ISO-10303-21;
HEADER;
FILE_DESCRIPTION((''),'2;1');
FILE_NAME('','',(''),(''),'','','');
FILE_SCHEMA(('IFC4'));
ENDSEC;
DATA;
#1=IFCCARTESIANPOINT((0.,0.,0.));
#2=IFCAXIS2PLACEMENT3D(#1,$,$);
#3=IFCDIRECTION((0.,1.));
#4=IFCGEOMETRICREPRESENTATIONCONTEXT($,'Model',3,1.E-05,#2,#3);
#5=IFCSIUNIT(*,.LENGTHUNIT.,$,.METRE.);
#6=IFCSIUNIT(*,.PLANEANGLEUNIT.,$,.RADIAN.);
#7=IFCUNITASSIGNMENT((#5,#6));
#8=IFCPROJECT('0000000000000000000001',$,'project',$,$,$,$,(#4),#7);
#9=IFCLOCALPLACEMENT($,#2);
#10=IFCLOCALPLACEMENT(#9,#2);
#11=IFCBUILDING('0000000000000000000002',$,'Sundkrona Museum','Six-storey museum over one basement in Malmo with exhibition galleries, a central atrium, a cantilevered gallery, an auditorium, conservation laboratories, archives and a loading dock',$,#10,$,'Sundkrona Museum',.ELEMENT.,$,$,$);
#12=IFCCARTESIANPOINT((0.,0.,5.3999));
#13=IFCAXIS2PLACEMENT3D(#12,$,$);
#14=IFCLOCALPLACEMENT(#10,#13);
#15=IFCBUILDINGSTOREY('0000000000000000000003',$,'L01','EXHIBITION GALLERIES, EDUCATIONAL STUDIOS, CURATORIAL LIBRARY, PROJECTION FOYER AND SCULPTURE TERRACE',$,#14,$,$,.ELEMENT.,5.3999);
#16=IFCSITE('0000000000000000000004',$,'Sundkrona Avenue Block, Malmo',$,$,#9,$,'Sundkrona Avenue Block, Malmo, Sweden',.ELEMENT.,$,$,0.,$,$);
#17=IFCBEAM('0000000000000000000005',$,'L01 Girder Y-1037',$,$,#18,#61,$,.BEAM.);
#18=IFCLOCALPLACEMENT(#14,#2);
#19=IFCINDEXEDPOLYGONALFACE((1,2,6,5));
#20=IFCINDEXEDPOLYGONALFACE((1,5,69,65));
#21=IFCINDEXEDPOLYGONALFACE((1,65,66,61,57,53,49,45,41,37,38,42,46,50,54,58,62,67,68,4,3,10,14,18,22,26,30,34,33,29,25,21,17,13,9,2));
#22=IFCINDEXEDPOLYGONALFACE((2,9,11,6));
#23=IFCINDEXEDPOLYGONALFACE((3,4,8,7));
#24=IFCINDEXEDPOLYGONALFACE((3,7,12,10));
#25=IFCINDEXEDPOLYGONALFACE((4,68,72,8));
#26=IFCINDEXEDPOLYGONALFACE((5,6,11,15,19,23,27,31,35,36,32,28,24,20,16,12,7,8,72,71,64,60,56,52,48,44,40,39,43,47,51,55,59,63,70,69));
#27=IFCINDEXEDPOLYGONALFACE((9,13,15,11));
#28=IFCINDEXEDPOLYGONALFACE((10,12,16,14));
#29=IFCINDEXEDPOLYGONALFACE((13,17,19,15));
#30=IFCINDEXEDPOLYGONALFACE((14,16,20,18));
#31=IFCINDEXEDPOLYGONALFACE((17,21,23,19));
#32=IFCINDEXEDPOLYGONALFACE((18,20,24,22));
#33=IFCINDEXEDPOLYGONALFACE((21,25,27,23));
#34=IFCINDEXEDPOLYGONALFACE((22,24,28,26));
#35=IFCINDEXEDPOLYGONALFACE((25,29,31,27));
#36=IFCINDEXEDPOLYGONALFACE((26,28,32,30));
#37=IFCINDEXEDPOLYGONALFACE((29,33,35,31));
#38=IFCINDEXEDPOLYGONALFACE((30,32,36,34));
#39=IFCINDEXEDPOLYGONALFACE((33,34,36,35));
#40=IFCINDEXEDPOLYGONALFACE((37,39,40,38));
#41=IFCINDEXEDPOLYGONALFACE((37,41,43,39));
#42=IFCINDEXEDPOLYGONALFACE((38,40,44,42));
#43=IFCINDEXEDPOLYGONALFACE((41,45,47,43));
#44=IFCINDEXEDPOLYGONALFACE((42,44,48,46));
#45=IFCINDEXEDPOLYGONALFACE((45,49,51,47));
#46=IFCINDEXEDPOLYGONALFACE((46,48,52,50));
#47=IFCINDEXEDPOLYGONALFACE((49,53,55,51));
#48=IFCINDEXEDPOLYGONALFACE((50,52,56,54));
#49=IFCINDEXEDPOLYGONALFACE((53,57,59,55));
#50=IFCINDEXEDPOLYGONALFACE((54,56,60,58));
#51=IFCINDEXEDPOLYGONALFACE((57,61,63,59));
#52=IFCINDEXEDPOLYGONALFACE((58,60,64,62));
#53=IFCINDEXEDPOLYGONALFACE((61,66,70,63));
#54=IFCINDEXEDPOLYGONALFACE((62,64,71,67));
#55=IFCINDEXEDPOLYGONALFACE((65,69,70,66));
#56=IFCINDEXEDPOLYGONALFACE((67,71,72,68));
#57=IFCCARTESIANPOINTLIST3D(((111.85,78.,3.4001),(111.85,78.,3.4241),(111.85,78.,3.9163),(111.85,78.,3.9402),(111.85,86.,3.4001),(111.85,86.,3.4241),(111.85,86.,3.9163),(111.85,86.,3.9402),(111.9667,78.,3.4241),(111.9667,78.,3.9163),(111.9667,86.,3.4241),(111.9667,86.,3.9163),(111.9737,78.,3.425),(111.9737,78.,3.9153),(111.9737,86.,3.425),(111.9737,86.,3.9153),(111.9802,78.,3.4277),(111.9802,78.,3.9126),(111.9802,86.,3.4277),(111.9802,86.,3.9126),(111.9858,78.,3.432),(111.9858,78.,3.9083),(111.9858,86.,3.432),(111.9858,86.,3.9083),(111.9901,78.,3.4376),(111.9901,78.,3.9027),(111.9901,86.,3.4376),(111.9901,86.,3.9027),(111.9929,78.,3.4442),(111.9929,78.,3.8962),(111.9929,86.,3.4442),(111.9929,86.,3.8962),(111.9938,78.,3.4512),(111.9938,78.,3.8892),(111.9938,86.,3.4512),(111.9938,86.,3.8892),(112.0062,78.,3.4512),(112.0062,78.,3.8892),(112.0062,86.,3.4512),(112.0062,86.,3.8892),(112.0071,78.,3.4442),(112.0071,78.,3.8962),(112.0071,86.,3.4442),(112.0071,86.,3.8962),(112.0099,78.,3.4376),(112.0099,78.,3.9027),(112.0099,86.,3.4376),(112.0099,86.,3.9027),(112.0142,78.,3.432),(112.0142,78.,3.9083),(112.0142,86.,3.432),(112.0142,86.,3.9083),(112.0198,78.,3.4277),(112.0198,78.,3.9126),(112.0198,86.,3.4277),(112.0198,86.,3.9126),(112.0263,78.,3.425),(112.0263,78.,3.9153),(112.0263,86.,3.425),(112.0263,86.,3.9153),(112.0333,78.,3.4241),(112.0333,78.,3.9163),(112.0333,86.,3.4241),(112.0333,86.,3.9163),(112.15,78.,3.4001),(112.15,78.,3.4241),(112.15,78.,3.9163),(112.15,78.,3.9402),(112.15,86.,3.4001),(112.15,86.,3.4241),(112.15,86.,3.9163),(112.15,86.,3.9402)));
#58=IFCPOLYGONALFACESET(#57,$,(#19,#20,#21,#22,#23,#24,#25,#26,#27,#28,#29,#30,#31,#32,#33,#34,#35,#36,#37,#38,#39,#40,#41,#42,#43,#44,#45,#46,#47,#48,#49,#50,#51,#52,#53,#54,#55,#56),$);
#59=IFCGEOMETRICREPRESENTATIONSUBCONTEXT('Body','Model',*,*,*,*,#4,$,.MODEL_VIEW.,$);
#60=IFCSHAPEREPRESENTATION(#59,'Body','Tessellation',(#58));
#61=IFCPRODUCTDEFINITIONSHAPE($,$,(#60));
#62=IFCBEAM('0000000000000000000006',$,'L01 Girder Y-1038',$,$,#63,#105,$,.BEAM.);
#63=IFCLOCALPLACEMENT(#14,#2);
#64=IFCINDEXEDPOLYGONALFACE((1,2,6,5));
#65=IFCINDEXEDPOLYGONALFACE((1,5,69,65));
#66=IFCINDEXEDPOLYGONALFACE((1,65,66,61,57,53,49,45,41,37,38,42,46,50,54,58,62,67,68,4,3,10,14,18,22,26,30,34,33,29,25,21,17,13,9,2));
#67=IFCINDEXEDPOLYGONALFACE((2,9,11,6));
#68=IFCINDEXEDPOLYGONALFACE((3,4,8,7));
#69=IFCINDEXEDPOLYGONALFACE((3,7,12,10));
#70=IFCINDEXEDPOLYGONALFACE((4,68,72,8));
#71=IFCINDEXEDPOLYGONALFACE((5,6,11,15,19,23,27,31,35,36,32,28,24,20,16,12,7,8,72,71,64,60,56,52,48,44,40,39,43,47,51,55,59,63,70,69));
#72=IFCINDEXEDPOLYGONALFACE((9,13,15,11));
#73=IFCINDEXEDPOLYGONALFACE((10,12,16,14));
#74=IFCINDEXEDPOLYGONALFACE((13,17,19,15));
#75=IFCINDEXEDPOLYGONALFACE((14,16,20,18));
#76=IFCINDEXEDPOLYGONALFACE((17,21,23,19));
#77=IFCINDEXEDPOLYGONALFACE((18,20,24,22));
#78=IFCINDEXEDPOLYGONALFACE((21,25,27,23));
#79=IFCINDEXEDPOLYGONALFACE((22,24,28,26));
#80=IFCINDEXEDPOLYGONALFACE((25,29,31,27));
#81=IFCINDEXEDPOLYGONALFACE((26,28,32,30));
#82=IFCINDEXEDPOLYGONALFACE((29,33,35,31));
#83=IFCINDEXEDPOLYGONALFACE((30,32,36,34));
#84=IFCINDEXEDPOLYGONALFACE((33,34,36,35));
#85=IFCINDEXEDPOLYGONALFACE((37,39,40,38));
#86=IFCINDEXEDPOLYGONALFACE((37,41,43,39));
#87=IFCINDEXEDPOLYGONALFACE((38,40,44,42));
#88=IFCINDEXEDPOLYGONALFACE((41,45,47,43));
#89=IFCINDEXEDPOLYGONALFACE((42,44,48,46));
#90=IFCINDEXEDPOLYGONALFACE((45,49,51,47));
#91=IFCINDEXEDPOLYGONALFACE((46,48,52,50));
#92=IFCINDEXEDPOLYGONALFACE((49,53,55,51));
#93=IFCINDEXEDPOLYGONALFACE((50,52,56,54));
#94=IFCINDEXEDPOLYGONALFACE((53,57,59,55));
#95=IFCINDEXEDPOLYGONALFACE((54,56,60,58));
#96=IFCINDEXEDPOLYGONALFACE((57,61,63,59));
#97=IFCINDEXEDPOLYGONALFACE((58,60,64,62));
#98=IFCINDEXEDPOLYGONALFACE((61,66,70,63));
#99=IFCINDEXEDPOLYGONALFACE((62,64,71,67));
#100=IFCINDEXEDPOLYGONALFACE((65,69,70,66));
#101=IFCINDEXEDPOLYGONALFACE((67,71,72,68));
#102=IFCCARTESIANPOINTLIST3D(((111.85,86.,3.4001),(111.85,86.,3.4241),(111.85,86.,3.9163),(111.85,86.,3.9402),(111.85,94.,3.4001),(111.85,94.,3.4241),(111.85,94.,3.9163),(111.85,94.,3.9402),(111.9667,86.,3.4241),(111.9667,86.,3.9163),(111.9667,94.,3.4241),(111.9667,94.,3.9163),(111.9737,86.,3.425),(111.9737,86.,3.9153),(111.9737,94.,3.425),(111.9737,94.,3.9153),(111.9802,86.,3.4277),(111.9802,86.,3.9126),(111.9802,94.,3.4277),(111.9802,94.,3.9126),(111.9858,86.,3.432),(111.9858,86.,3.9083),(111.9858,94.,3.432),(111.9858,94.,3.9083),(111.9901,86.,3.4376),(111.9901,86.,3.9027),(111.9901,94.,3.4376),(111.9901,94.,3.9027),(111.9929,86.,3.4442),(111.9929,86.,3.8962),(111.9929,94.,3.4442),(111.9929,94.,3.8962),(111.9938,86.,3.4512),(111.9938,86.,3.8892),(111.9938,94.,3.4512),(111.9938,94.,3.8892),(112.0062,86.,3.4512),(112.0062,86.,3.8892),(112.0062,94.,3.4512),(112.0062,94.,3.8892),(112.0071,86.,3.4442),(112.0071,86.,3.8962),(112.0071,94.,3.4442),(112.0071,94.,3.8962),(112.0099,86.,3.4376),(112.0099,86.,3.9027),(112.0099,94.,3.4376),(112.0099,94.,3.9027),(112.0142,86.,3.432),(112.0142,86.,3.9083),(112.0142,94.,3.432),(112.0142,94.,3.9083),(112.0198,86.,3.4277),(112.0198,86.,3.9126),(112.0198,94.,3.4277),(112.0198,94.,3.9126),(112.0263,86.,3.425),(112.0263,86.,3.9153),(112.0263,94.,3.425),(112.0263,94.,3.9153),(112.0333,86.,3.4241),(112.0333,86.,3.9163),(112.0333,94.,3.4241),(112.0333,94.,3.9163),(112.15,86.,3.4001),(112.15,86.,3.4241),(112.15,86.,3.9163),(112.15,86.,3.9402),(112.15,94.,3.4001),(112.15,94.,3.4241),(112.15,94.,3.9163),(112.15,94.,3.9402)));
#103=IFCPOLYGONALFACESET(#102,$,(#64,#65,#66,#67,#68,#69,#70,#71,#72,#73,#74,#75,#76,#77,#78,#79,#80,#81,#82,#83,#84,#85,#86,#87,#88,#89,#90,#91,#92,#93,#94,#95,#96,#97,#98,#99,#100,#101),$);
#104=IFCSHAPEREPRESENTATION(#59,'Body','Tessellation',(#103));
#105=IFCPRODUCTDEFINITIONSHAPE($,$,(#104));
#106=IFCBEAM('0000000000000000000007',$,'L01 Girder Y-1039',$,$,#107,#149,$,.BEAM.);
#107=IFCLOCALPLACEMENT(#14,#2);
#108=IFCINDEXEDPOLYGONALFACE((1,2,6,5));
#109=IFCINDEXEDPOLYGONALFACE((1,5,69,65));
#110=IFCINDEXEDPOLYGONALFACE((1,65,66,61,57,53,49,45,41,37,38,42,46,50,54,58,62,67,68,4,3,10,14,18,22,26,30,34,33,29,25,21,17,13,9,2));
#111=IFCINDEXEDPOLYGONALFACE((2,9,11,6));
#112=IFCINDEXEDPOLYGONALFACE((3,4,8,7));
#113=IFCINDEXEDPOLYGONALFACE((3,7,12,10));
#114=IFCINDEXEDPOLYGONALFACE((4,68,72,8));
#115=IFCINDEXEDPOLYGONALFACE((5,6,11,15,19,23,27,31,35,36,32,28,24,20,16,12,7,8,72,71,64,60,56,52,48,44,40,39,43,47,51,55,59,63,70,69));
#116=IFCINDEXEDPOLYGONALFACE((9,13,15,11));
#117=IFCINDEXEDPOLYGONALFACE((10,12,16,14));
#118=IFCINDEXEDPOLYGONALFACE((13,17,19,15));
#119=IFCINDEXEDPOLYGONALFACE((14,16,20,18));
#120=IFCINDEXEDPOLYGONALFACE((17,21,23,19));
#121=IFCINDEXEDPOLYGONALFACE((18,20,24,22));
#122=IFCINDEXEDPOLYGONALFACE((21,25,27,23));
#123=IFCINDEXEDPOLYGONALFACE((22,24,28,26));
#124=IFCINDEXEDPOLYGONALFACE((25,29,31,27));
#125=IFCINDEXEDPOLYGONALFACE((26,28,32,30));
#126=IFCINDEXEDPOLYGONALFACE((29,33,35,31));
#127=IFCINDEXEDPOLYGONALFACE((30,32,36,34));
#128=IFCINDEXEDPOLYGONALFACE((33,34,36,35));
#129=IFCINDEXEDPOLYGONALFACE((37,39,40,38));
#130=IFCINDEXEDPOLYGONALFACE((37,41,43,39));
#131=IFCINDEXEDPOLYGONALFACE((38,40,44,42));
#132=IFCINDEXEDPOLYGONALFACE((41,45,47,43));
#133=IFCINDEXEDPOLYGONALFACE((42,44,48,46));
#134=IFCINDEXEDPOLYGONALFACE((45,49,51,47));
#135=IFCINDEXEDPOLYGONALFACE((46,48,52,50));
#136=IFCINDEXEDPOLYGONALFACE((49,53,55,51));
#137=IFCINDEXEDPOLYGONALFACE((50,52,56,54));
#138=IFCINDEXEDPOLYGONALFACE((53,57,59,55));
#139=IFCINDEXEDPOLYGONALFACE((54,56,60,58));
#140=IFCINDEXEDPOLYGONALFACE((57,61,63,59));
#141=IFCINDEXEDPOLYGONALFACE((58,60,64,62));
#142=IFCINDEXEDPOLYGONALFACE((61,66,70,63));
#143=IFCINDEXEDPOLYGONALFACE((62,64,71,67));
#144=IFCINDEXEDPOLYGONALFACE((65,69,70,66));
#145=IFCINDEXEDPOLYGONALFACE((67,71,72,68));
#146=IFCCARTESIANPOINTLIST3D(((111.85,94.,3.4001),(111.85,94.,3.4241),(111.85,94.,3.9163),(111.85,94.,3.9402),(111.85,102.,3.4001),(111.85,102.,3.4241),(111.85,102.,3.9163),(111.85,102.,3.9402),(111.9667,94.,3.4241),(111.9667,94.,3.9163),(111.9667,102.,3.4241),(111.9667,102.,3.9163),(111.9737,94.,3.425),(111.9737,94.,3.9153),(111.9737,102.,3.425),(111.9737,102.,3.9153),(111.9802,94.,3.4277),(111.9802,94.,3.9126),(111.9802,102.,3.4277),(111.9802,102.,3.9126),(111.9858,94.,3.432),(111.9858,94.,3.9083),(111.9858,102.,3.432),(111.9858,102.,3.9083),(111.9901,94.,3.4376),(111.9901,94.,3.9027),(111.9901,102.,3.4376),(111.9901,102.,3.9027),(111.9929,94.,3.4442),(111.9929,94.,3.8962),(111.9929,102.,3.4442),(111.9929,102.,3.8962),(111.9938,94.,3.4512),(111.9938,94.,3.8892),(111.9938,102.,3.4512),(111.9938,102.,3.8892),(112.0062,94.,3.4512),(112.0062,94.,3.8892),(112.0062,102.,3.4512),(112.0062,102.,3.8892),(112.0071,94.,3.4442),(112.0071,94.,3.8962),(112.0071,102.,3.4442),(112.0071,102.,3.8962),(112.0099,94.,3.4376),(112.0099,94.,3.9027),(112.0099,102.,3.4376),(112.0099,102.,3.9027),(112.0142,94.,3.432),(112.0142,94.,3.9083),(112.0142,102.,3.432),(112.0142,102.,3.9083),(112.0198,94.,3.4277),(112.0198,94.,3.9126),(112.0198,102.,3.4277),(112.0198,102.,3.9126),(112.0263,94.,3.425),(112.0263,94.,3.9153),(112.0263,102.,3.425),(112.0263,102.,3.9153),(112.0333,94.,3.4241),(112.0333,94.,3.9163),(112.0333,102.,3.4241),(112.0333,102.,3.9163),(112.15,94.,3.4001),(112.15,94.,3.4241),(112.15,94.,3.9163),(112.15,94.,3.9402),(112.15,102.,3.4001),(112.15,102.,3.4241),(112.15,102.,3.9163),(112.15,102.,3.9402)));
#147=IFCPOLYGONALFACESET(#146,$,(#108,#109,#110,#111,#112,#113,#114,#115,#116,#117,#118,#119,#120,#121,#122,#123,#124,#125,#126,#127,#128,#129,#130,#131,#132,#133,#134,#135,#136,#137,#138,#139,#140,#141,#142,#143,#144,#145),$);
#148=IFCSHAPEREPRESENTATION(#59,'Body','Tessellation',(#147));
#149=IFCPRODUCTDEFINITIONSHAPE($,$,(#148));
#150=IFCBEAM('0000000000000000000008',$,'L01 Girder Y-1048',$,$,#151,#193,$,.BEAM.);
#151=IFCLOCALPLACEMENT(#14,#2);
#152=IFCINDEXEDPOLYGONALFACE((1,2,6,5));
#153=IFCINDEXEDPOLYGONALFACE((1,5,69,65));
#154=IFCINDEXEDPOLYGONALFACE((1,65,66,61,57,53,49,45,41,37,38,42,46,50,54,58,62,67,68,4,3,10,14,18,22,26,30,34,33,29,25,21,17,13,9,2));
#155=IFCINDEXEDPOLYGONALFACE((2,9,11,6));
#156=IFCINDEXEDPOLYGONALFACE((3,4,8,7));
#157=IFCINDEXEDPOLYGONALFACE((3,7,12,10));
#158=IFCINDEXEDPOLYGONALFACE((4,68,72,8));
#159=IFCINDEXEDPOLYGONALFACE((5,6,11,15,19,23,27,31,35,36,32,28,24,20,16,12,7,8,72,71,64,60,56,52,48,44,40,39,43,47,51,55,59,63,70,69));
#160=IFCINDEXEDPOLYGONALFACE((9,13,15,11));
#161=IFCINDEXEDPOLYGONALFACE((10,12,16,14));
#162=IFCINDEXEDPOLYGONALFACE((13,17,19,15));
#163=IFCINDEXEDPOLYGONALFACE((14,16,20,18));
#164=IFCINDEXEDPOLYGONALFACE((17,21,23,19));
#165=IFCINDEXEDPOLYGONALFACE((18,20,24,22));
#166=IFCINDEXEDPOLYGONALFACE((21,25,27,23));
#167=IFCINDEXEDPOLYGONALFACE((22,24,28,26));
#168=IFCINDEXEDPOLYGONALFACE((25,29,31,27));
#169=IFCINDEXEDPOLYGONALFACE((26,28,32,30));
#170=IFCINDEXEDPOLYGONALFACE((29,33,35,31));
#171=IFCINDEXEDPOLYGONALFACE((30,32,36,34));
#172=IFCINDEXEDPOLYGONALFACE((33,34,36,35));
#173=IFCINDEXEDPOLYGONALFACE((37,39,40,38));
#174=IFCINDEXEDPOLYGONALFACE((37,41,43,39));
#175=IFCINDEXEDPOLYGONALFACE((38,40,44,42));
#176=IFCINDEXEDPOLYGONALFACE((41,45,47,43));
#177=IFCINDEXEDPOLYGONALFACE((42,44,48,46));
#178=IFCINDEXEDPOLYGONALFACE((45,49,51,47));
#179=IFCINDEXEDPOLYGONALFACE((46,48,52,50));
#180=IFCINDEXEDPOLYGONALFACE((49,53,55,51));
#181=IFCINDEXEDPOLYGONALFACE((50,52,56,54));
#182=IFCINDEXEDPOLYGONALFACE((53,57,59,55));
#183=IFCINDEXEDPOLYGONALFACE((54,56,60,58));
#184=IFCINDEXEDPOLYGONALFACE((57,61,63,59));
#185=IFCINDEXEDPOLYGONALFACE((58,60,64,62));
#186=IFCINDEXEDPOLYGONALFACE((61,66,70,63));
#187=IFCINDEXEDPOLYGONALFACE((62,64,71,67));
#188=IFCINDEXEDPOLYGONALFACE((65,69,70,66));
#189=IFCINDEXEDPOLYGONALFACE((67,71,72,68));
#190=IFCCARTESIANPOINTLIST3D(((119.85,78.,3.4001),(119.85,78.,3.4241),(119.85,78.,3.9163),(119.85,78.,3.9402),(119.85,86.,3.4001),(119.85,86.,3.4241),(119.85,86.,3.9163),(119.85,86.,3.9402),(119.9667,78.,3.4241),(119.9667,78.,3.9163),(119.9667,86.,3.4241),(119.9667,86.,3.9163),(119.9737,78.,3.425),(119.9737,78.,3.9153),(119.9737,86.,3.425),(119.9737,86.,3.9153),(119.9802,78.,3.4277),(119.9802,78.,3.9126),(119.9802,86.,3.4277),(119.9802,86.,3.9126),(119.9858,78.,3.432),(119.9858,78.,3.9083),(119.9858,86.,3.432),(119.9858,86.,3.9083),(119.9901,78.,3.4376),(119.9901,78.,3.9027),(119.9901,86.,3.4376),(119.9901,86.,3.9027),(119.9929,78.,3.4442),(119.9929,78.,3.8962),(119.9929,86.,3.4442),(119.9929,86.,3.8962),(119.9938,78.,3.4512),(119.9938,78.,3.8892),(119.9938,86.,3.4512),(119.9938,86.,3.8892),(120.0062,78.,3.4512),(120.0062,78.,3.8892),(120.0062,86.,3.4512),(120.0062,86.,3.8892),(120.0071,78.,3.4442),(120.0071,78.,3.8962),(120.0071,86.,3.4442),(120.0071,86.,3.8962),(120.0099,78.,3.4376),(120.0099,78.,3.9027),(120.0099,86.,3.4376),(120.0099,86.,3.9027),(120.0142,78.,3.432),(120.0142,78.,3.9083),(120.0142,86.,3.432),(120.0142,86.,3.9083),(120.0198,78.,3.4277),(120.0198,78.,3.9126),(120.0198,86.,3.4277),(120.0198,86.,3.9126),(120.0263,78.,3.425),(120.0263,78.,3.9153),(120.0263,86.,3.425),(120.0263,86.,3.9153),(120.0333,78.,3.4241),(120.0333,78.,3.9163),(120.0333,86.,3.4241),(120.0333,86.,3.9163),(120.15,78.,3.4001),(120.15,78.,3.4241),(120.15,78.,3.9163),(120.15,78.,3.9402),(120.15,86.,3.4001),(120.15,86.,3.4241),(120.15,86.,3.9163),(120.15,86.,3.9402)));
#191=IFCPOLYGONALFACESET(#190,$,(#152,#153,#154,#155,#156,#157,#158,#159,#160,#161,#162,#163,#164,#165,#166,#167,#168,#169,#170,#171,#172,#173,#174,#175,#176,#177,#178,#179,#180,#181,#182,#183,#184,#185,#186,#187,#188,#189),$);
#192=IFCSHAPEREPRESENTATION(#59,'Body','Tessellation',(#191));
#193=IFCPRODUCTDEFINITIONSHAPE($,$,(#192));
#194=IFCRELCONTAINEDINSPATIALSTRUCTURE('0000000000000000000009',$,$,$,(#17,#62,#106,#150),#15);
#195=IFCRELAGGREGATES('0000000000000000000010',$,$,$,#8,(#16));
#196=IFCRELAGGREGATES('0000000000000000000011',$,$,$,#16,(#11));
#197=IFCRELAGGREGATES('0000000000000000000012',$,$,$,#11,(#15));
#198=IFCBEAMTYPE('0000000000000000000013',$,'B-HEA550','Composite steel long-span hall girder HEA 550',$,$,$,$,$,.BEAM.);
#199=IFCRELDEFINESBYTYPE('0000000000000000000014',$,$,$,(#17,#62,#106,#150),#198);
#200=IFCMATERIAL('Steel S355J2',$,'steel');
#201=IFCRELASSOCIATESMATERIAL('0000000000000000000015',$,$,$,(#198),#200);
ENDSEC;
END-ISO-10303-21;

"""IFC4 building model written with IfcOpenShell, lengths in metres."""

from ifc_helpers import new_model, si_unit, direction, frame, origin, origin_2d, place, context, subcontext, project, spatial, i_section, extrude, material, material_profile, profile_set, type_object, element, save


model = new_model("IFC4")

# Units and contexts
model_context = context("Model", 3, precision=1e-05, world=origin(), true_north=direction((0.0, 1.0)))
body_context = subcontext(model_context, "Body", "Model", "MODEL_VIEW")
ifc_project = project(units=[si_unit("LENGTHUNIT", "METRE"), si_unit("PLANEANGLEUNIT", "RADIAN")], contexts=[model_context])

# Site, building, storey
site_placement = place(None, origin())
site = spatial("IfcSite", under=ifc_project, at=site_placement, Name="Sundkrona Avenue Block, Malmo", LongName="Sundkrona Avenue Block, Malmo, Sweden", CompositionType="ELEMENT", RefElevation=0.0)
building_placement = place(site_placement, origin())
building = spatial("IfcBuilding", under=site, at=building_placement, Name="Sundkrona Museum", Description="Six-storey museum over one basement in Malmo with exhibition galleries, a central atrium, a cantilevered gallery, an auditorium, conservation laboratories, archives and a loading dock", LongName="Sundkrona Museum", CompositionType="ELEMENT")
storey_placement = place(building_placement, frame((0.0, 0.0, 5.3999)))
storey = spatial("IfcBuildingStorey", under=building, at=storey_placement, Name="L01", Description="EXHIBITION GALLERIES, EDUCATIONAL STUDIOS, CURATORIAL LIBRARY, PROJECTION FOYER AND SCULPTURE TERRACE", CompositionType="ELEMENT", Elevation=5.3999)

# Shared definitions
ifc_material_1 = material(Name="Steel S355J2", Category="steel")

# Beams
ifc_material_profile_1 = material_profile(ifc_material_1, i_section(OverallWidth=0.3, OverallDepth=0.54, WebThickness=0.0125, FlangeThickness=0.0239, FilletRadius=0.0271, at=origin_2d()), Name="HEA 550")
ifc_profile_set_1 = profile_set([ifc_material_profile_1], Name="Steel S355J2")
beam_type_1 = type_object("IfcBeamType", Name="B-HEA550", Description="Composite steel long-span hall girder HEA 550", PredefinedType="BEAM", material=ifc_profile_set_1)
for number, where, z_axis, x_axis, name in (
    (1, (112.0, 78.0, 3.6702), (0.0, 1.0, 0.0), (-1.0, 0.0, 0.0), "L01 Girder Y-1037"),
    (2, (112.0, 86.0, 3.6702), (0.0, 1.0, 0.0), (-1.0, 0.0, 0.0), "L01 Girder Y-1038"),
    (3, (112.0, 94.0, 3.6702), (0.0, 1.0, 0.0), (-1.0, 0.0, 0.0), "L01 Girder Y-1039"),
    (4, (120.0, 78.0, 3.6702), (0.0, 1.0, 0.0), (-1.0, 0.0, 0.0), "L01 Girder Y-1048"),
):
    element("IfcBeam", number, at=place(storey_placement, frame(where, z_axis=z_axis, x_axis=x_axis)), inside=storey, type_object=beam_type_1, Name=name, PredefinedType="BEAM", context=body_context, shape_type="SweptSolid", body=[
        extrude(i_section(OverallWidth=0.3, OverallDepth=0.54, WebThickness=0.0125, FlangeThickness=0.0239, FilletRadius=0.0271, at=origin_2d()), origin(), (0.0, 0.0, 1.0), 8.0),
    ])

save(model, "model.ifc")
